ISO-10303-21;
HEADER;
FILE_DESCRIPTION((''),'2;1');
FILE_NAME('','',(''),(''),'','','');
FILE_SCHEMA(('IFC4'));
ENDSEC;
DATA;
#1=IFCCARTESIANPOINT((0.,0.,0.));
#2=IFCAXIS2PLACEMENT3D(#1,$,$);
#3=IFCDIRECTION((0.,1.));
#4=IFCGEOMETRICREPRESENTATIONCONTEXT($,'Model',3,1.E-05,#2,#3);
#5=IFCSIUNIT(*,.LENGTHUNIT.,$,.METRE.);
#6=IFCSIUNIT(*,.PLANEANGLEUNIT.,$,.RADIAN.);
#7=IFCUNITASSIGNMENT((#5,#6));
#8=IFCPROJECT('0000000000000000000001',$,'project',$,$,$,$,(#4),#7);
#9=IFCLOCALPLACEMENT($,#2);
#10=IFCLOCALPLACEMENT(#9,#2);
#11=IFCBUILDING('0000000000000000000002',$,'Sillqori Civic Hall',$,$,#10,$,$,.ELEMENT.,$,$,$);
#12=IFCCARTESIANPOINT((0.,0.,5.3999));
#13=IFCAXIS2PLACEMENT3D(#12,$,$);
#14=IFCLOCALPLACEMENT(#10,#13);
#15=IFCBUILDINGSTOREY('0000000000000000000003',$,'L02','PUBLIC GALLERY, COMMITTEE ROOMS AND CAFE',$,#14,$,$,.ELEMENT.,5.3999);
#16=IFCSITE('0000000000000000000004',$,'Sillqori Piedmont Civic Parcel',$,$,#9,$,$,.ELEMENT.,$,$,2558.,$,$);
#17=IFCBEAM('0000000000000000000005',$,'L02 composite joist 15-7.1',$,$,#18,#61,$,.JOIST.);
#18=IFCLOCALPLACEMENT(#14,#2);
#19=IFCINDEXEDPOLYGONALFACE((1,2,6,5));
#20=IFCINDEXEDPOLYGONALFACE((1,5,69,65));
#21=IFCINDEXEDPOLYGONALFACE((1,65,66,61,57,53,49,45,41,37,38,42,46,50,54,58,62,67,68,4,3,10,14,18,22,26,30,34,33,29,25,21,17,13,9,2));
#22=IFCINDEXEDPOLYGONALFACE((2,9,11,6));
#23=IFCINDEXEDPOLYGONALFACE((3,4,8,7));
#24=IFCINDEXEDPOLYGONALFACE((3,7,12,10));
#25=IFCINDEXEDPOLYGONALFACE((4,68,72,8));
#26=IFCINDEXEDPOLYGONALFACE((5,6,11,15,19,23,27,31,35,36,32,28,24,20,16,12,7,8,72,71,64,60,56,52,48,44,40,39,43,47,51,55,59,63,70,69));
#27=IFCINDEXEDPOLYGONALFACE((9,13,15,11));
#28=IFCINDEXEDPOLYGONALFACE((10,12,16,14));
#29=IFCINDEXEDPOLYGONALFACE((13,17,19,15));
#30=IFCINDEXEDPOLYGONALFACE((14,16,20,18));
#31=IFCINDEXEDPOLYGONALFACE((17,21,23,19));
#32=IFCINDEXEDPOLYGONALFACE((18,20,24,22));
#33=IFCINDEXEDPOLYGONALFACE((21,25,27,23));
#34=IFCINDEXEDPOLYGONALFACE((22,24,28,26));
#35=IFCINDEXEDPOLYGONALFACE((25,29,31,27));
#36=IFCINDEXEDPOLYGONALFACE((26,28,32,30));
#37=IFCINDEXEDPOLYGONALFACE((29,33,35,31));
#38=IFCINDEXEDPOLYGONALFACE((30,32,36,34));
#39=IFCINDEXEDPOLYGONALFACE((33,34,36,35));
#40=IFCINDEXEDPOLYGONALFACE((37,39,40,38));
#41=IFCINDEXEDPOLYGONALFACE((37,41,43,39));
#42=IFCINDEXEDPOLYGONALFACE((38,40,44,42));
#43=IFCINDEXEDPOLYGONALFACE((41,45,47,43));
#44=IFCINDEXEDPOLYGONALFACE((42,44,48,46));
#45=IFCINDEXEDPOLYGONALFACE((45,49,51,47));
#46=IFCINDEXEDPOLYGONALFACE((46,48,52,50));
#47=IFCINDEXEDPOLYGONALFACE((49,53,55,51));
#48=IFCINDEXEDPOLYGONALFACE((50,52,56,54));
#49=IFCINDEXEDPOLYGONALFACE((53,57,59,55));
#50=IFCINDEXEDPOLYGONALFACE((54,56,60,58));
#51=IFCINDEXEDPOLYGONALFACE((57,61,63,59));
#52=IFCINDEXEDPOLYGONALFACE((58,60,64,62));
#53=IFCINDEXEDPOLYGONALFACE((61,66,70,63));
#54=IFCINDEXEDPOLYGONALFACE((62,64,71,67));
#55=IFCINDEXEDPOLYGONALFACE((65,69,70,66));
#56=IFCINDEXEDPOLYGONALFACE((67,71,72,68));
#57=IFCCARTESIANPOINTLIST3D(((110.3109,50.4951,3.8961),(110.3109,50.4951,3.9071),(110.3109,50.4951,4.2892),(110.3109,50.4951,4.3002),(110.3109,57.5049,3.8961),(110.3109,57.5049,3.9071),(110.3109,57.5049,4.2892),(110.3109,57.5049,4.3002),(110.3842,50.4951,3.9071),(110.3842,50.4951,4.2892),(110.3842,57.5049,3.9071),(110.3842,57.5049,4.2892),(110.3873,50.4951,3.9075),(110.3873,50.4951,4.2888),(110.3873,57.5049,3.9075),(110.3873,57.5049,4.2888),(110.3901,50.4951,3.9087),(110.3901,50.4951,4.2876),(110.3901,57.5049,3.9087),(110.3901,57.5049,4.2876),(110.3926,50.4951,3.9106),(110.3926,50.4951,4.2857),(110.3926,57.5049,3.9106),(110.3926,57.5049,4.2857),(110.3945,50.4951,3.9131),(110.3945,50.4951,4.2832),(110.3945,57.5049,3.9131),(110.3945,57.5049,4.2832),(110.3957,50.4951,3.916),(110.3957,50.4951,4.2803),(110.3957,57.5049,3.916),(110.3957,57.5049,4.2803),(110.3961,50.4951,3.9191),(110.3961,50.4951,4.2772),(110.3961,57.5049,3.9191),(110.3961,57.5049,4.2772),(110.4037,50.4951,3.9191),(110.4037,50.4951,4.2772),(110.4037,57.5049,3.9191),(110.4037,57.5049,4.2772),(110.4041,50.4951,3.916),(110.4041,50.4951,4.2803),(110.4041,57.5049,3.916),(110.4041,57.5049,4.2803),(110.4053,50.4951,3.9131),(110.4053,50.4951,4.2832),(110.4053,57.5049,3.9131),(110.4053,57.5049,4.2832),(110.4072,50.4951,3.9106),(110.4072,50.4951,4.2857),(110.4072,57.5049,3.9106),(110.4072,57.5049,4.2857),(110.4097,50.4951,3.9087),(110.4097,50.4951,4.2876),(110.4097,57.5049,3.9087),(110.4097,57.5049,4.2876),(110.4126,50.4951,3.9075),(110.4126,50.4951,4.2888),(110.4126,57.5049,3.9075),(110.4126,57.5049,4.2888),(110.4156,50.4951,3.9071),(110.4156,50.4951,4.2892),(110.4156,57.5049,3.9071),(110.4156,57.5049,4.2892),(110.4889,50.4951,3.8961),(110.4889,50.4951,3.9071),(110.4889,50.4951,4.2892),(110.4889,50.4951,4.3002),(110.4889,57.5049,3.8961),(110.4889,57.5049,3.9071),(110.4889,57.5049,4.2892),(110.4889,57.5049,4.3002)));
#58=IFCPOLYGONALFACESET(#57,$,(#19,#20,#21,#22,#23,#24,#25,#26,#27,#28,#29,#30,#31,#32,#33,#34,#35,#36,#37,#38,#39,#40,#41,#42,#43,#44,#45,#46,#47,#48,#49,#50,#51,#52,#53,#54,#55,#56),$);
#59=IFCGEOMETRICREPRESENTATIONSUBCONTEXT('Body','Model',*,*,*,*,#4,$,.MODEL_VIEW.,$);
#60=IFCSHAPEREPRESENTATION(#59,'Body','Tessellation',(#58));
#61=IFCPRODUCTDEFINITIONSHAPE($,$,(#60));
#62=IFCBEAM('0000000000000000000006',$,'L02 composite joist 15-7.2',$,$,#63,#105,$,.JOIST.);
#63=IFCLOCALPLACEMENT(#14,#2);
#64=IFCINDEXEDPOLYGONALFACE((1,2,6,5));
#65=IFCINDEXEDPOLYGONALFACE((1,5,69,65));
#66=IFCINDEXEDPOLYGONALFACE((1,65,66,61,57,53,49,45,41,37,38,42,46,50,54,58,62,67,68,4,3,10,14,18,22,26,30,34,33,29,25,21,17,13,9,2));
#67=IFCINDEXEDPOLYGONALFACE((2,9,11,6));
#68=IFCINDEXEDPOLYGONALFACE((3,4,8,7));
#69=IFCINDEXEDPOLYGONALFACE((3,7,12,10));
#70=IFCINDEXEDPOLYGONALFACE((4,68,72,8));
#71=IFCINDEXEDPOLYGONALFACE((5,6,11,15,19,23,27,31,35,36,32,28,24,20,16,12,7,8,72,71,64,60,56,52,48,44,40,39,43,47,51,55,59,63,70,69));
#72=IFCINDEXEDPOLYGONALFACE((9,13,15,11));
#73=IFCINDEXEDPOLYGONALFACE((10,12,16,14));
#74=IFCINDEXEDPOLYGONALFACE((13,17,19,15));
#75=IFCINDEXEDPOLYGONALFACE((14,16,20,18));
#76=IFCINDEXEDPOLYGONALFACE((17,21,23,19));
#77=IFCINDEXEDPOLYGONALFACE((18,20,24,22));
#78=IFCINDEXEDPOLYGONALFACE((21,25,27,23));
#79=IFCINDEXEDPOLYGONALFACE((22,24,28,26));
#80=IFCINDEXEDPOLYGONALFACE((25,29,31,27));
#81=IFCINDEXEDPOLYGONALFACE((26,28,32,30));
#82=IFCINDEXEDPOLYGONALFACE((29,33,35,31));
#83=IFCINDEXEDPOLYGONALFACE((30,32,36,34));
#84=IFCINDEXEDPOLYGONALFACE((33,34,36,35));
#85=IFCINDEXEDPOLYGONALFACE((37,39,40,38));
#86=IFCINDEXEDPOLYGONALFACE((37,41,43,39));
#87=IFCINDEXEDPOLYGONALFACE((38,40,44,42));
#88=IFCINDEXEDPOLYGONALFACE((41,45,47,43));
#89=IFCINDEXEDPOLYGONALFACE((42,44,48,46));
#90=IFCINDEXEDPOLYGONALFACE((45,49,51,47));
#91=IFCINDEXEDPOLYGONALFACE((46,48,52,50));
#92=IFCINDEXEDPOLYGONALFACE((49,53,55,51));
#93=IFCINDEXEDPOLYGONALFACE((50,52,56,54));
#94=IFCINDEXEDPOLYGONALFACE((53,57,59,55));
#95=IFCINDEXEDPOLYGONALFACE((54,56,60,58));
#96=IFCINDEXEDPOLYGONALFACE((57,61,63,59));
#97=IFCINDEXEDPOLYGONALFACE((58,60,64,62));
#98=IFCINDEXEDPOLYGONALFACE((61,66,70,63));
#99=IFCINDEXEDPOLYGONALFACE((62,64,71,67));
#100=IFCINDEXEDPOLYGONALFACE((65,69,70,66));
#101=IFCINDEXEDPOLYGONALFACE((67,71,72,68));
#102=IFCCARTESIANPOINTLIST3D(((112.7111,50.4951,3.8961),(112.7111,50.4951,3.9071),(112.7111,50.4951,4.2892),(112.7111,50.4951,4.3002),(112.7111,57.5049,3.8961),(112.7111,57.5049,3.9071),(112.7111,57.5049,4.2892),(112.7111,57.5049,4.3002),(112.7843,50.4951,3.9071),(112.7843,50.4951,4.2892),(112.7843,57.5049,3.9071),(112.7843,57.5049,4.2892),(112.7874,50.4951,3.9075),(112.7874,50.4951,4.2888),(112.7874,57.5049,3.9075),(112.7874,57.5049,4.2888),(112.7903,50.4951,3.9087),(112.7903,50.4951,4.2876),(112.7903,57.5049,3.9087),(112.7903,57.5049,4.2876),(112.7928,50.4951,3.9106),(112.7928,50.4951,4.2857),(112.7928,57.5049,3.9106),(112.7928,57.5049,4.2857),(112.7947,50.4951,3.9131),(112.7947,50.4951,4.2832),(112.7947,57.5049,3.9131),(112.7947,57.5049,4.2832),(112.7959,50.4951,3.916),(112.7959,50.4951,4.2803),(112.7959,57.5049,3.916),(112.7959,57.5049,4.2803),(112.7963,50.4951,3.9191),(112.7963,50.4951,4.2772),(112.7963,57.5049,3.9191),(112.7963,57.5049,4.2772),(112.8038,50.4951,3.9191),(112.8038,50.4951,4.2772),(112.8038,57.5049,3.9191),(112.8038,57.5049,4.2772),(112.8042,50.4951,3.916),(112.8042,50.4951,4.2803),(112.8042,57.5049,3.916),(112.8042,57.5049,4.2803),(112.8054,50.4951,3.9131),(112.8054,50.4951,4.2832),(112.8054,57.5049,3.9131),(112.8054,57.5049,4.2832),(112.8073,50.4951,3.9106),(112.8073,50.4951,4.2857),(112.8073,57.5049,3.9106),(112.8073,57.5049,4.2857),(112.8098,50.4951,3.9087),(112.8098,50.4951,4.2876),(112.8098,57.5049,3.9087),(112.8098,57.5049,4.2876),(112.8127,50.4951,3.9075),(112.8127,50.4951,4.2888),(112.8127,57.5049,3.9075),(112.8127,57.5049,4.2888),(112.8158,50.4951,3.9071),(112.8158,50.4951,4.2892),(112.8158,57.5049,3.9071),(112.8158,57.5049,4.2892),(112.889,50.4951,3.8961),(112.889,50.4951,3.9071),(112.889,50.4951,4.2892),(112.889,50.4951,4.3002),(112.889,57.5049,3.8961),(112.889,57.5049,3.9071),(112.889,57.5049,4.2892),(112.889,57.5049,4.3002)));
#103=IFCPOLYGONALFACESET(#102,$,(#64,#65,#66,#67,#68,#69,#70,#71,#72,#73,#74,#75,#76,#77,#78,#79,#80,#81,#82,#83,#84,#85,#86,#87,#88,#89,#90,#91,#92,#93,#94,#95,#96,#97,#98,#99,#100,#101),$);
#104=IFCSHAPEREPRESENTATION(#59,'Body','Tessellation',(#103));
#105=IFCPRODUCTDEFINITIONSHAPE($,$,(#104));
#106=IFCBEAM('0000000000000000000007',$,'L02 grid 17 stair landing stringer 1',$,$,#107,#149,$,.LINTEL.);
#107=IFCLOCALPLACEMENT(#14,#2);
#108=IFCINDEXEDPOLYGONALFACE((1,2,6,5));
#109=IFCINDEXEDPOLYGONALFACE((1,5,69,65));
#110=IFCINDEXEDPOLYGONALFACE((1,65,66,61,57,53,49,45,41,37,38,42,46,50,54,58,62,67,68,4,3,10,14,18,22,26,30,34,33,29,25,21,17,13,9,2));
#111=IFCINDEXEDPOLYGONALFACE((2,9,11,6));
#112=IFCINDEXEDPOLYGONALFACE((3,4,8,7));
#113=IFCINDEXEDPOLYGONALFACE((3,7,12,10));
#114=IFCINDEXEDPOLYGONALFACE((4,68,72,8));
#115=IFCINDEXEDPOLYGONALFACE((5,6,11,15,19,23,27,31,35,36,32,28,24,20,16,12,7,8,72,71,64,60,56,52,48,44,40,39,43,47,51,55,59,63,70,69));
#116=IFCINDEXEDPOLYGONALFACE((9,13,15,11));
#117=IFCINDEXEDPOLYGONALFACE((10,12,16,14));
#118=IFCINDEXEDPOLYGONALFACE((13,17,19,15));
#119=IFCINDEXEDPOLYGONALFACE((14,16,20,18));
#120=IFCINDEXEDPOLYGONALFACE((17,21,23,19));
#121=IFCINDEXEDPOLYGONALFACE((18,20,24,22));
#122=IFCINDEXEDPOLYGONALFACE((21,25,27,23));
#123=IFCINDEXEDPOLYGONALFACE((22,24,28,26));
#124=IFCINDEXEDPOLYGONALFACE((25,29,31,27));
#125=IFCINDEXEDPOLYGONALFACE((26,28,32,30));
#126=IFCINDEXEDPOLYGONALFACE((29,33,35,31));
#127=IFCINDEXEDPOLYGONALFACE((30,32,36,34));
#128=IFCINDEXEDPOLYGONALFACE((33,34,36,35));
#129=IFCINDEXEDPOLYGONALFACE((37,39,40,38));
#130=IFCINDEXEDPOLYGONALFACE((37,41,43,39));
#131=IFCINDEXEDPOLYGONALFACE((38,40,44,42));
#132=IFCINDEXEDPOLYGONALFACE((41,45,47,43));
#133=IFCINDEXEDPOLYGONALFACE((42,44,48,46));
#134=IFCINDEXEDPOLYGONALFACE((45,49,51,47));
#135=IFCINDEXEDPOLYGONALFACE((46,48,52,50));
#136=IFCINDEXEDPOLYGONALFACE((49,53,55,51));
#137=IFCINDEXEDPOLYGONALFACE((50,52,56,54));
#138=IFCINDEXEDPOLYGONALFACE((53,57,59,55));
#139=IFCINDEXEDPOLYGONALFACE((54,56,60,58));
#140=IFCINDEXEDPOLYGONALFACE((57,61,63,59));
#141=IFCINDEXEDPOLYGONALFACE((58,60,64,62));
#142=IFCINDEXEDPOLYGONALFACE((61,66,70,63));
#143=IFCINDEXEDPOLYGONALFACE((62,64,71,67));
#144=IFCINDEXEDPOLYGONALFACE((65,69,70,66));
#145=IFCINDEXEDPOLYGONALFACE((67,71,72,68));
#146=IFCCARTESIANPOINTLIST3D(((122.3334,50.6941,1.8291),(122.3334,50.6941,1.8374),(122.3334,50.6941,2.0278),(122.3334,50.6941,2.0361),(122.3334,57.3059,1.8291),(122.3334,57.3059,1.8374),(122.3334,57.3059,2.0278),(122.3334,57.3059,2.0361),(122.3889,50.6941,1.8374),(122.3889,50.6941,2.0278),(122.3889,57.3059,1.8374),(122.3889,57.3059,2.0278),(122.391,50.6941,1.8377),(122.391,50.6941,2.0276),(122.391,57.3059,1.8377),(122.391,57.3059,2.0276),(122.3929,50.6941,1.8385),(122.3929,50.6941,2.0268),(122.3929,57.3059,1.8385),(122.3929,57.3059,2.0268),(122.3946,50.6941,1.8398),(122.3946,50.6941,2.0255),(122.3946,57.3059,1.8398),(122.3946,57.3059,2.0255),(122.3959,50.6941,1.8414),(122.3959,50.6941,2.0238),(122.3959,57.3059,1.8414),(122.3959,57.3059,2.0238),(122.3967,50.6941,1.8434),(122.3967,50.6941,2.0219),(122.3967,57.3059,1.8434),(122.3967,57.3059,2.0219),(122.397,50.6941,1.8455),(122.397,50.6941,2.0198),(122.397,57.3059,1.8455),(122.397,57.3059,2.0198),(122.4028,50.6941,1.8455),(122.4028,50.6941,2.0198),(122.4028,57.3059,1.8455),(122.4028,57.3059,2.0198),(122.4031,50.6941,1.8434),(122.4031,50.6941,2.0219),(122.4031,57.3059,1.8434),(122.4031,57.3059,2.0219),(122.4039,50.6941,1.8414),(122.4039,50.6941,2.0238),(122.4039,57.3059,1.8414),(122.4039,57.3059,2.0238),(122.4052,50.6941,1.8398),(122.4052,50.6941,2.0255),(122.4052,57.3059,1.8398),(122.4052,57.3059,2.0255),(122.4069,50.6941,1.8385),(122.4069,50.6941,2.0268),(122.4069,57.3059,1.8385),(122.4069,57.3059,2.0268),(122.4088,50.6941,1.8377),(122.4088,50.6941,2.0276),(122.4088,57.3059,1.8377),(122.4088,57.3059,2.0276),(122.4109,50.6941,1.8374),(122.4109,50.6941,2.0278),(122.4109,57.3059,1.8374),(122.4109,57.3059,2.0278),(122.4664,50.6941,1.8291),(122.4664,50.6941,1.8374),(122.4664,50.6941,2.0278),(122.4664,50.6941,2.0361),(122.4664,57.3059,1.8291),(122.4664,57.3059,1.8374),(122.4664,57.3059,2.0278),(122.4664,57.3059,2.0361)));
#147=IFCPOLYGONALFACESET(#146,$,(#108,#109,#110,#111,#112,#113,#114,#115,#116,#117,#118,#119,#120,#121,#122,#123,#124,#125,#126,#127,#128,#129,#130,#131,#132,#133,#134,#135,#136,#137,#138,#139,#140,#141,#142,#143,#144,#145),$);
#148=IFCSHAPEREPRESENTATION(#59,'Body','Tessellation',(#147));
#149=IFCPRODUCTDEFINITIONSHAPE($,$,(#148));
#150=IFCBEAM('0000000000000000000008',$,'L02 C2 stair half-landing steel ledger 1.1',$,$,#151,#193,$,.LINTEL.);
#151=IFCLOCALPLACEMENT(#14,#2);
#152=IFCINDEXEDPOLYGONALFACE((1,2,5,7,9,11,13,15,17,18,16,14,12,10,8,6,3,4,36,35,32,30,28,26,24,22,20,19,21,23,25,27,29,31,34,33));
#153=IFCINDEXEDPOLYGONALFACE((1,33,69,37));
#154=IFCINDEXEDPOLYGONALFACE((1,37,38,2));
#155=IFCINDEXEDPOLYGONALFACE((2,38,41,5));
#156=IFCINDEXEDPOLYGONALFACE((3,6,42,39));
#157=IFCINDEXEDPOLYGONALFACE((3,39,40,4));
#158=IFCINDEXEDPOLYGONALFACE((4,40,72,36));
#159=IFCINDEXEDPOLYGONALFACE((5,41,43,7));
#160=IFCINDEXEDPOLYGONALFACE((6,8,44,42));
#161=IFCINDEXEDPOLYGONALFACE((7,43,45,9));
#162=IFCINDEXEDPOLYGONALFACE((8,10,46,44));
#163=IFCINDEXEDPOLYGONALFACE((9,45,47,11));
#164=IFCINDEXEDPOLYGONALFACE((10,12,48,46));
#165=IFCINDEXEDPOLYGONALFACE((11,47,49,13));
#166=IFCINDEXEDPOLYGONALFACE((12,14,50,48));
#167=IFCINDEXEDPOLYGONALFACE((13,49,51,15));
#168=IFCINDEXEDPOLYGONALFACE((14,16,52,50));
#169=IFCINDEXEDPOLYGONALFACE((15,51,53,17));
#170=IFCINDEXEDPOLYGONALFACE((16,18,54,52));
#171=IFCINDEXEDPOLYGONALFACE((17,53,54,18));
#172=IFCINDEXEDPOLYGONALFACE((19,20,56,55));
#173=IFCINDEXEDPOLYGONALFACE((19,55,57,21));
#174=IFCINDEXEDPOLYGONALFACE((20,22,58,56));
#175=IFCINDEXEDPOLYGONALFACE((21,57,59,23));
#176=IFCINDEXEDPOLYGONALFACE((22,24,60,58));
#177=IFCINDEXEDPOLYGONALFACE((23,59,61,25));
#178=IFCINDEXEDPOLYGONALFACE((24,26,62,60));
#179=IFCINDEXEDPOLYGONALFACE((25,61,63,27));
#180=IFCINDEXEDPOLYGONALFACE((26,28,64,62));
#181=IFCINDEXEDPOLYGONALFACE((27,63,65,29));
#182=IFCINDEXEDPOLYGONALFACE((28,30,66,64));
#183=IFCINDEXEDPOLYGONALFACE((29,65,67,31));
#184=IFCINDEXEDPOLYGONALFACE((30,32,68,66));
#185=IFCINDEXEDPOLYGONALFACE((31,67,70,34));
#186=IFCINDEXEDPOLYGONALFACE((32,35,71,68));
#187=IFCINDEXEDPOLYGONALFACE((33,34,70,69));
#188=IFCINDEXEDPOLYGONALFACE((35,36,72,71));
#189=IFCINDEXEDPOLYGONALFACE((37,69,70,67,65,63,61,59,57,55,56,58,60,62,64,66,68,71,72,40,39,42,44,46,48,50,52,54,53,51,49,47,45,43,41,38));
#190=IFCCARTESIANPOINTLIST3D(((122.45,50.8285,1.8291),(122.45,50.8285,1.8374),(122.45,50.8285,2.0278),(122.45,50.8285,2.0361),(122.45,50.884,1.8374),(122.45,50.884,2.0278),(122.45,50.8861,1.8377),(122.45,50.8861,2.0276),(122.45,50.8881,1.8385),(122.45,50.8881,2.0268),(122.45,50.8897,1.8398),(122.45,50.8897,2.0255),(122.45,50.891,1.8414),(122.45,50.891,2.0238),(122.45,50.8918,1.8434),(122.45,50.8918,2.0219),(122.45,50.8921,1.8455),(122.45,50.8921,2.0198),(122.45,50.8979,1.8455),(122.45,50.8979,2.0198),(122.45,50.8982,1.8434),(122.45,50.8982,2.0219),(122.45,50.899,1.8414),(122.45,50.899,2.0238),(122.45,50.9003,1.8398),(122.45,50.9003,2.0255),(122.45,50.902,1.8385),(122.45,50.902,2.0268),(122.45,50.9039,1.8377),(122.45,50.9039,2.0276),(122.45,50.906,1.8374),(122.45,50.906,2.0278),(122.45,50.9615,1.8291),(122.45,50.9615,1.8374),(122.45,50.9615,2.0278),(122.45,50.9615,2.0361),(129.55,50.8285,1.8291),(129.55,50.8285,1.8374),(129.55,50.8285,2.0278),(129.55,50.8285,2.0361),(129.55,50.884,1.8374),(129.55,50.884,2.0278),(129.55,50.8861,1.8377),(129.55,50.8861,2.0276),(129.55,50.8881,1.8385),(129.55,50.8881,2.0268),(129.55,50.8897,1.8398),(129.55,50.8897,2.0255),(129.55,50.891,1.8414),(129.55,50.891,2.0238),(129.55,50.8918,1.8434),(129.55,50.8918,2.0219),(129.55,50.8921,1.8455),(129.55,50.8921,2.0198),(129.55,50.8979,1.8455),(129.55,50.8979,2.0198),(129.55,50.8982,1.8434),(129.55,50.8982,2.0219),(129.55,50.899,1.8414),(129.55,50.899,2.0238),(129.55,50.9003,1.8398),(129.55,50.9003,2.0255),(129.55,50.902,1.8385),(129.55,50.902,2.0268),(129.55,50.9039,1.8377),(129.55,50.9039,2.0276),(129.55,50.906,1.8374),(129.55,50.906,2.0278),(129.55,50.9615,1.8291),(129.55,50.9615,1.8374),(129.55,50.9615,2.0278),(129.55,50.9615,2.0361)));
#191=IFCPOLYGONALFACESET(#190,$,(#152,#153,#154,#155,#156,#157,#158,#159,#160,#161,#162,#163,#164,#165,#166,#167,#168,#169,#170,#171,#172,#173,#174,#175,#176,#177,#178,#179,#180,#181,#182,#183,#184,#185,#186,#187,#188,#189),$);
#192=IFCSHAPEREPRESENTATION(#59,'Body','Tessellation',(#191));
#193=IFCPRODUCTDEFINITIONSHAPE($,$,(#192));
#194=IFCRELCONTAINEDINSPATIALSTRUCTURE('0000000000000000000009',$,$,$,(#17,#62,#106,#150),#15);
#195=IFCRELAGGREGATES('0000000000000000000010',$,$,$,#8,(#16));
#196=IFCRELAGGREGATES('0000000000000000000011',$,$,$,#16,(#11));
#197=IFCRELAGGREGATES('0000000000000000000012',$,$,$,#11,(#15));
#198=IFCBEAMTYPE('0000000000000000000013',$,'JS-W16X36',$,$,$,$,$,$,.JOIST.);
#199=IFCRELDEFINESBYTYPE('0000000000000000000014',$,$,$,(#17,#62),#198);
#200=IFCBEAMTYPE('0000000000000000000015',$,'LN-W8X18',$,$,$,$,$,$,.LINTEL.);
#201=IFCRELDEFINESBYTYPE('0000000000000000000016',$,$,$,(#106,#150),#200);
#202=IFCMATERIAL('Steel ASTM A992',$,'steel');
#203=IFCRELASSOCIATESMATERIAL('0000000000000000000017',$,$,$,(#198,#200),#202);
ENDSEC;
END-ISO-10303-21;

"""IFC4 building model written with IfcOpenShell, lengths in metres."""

from ifc_helpers import new_model, si_unit, direction, frame, origin, origin_2d, place, context, subcontext, project, spatial, i_section, extrude, material, material_profile, profile_set, type_object, element, save


model = new_model("IFC4")

# Units and contexts
model_context = context("Model", 3, precision=1e-05, world=origin(), true_north=direction((0.0, 1.0)))
body_context = subcontext(model_context, "Body", "Model", "MODEL_VIEW")
ifc_project = project(units=[si_unit("LENGTHUNIT", "METRE"), si_unit("PLANEANGLEUNIT", "RADIAN")], contexts=[model_context])

# Site, building, storey
site_placement = place(None, origin())
site = spatial("IfcSite", under=ifc_project, at=site_placement, Name="Sillqori Piedmont Civic Parcel", CompositionType="ELEMENT", RefElevation=2558.0)
building_placement = place(site_placement, origin())
building = spatial("IfcBuilding", under=site, at=building_placement, Name="Sillqori Civic Hall", CompositionType="ELEMENT")
storey_placement = place(building_placement, frame((0.0, 0.0, 5.3999)))
storey = spatial("IfcBuildingStorey", under=building, at=storey_placement, Name="L02", Description="PUBLIC GALLERY, COMMITTEE ROOMS AND CAFE", CompositionType="ELEMENT", Elevation=5.3999)

# Beams
ifc_material_1 = material(Name="Steel ASTM A992", Category="steel")
ifc_material_profile_1 = material_profile(ifc_material_1, i_section(OverallWidth=0.178, OverallDepth=0.4041, WebThickness=0.0076, FlangeThickness=0.011, FilletRadius=0.012, at=origin_2d()), Name="W16X36")
ifc_profile_set_1 = profile_set([ifc_material_profile_1], Name="Steel ASTM A992")
beam_type_1 = type_object("IfcBeamType", Name="JS-W16X36", PredefinedType="JOIST", material=ifc_profile_set_1)
for number, where, z_axis, x_axis, name in (
    (1, (110.3999, 50.4951, 4.0981), (0.0, 1.0, 0.0), (-1.0, 0.0, 0.0), "L02 composite joist 15-7.1"),
    (2, (112.8, 50.4951, 4.0981), (0.0, 1.0, 0.0), (-1.0, 0.0, 0.0), "L02 composite joist 15-7.2"),
):
    element("IfcBeam", number, at=place(storey_placement, frame(where, z_axis=z_axis, x_axis=x_axis)), inside=storey, type_object=beam_type_1, Name=name, PredefinedType="JOIST", context=body_context, shape_type="SweptSolid", body=[
        extrude(i_section(OverallWidth=0.178, OverallDepth=0.4041, WebThickness=0.0076, FlangeThickness=0.011, FilletRadius=0.012, at=origin_2d()), origin(), (0.0, 0.0, 1.0), 7.0098),
    ])
ifc_material_profile_2 = material_profile(ifc_material_1, i_section(OverallWidth=0.1331, OverallDepth=0.207, WebThickness=0.0059, FlangeThickness=0.0083, FilletRadius=0.0081, at=origin_2d()), Name="W8X18")
ifc_profile_set_2 = profile_set([ifc_material_profile_2], Name="Steel ASTM A992")
beam_type_2 = type_object("IfcBeamType", Name="LN-W8X18", PredefinedType="LINTEL", material=ifc_profile_set_2)
beam_1_placement = place(storey_placement, frame((122.3999, 50.6941, 1.9326), z_axis=(0.0, 1.0, 0.0), x_axis=(-1.0, 0.0, 0.0)))
element("IfcBeam", 3, at=beam_1_placement, inside=storey, type_object=beam_type_2, Name="L02 grid 17 stair landing stringer 1", PredefinedType="LINTEL", context=body_context, shape_type="SweptSolid", body=[
    extrude(i_section(OverallWidth=0.1331, OverallDepth=0.207, WebThickness=0.0059, FlangeThickness=0.0083, FilletRadius=0.0081, at=origin_2d()), origin(), (0.0, 0.0, 1.0), 6.6118),
])
for number, where, z_axis, x_axis, name in (
    (4, (122.45, 50.895, 1.9326), (1.0, 0.0, 0.0), (0.0, 1.0, 0.0), "L02 C2 stair half-landing steel ledger 1.1"),
):
    element("IfcBeam", number, at=place(storey_placement, frame(where, z_axis=z_axis, x_axis=x_axis)), inside=storey, type_object=beam_type_2, Name=name, PredefinedType="LINTEL", context=body_context, shape_type="SweptSolid", body=[
        extrude(i_section(OverallWidth=0.1331, OverallDepth=0.207, WebThickness=0.0059, FlangeThickness=0.0083, FilletRadius=0.0081, at=origin_2d()), origin(), (0.0, 0.0, 1.0), 7.1001),
    ])

save(model, "model.ifc")
